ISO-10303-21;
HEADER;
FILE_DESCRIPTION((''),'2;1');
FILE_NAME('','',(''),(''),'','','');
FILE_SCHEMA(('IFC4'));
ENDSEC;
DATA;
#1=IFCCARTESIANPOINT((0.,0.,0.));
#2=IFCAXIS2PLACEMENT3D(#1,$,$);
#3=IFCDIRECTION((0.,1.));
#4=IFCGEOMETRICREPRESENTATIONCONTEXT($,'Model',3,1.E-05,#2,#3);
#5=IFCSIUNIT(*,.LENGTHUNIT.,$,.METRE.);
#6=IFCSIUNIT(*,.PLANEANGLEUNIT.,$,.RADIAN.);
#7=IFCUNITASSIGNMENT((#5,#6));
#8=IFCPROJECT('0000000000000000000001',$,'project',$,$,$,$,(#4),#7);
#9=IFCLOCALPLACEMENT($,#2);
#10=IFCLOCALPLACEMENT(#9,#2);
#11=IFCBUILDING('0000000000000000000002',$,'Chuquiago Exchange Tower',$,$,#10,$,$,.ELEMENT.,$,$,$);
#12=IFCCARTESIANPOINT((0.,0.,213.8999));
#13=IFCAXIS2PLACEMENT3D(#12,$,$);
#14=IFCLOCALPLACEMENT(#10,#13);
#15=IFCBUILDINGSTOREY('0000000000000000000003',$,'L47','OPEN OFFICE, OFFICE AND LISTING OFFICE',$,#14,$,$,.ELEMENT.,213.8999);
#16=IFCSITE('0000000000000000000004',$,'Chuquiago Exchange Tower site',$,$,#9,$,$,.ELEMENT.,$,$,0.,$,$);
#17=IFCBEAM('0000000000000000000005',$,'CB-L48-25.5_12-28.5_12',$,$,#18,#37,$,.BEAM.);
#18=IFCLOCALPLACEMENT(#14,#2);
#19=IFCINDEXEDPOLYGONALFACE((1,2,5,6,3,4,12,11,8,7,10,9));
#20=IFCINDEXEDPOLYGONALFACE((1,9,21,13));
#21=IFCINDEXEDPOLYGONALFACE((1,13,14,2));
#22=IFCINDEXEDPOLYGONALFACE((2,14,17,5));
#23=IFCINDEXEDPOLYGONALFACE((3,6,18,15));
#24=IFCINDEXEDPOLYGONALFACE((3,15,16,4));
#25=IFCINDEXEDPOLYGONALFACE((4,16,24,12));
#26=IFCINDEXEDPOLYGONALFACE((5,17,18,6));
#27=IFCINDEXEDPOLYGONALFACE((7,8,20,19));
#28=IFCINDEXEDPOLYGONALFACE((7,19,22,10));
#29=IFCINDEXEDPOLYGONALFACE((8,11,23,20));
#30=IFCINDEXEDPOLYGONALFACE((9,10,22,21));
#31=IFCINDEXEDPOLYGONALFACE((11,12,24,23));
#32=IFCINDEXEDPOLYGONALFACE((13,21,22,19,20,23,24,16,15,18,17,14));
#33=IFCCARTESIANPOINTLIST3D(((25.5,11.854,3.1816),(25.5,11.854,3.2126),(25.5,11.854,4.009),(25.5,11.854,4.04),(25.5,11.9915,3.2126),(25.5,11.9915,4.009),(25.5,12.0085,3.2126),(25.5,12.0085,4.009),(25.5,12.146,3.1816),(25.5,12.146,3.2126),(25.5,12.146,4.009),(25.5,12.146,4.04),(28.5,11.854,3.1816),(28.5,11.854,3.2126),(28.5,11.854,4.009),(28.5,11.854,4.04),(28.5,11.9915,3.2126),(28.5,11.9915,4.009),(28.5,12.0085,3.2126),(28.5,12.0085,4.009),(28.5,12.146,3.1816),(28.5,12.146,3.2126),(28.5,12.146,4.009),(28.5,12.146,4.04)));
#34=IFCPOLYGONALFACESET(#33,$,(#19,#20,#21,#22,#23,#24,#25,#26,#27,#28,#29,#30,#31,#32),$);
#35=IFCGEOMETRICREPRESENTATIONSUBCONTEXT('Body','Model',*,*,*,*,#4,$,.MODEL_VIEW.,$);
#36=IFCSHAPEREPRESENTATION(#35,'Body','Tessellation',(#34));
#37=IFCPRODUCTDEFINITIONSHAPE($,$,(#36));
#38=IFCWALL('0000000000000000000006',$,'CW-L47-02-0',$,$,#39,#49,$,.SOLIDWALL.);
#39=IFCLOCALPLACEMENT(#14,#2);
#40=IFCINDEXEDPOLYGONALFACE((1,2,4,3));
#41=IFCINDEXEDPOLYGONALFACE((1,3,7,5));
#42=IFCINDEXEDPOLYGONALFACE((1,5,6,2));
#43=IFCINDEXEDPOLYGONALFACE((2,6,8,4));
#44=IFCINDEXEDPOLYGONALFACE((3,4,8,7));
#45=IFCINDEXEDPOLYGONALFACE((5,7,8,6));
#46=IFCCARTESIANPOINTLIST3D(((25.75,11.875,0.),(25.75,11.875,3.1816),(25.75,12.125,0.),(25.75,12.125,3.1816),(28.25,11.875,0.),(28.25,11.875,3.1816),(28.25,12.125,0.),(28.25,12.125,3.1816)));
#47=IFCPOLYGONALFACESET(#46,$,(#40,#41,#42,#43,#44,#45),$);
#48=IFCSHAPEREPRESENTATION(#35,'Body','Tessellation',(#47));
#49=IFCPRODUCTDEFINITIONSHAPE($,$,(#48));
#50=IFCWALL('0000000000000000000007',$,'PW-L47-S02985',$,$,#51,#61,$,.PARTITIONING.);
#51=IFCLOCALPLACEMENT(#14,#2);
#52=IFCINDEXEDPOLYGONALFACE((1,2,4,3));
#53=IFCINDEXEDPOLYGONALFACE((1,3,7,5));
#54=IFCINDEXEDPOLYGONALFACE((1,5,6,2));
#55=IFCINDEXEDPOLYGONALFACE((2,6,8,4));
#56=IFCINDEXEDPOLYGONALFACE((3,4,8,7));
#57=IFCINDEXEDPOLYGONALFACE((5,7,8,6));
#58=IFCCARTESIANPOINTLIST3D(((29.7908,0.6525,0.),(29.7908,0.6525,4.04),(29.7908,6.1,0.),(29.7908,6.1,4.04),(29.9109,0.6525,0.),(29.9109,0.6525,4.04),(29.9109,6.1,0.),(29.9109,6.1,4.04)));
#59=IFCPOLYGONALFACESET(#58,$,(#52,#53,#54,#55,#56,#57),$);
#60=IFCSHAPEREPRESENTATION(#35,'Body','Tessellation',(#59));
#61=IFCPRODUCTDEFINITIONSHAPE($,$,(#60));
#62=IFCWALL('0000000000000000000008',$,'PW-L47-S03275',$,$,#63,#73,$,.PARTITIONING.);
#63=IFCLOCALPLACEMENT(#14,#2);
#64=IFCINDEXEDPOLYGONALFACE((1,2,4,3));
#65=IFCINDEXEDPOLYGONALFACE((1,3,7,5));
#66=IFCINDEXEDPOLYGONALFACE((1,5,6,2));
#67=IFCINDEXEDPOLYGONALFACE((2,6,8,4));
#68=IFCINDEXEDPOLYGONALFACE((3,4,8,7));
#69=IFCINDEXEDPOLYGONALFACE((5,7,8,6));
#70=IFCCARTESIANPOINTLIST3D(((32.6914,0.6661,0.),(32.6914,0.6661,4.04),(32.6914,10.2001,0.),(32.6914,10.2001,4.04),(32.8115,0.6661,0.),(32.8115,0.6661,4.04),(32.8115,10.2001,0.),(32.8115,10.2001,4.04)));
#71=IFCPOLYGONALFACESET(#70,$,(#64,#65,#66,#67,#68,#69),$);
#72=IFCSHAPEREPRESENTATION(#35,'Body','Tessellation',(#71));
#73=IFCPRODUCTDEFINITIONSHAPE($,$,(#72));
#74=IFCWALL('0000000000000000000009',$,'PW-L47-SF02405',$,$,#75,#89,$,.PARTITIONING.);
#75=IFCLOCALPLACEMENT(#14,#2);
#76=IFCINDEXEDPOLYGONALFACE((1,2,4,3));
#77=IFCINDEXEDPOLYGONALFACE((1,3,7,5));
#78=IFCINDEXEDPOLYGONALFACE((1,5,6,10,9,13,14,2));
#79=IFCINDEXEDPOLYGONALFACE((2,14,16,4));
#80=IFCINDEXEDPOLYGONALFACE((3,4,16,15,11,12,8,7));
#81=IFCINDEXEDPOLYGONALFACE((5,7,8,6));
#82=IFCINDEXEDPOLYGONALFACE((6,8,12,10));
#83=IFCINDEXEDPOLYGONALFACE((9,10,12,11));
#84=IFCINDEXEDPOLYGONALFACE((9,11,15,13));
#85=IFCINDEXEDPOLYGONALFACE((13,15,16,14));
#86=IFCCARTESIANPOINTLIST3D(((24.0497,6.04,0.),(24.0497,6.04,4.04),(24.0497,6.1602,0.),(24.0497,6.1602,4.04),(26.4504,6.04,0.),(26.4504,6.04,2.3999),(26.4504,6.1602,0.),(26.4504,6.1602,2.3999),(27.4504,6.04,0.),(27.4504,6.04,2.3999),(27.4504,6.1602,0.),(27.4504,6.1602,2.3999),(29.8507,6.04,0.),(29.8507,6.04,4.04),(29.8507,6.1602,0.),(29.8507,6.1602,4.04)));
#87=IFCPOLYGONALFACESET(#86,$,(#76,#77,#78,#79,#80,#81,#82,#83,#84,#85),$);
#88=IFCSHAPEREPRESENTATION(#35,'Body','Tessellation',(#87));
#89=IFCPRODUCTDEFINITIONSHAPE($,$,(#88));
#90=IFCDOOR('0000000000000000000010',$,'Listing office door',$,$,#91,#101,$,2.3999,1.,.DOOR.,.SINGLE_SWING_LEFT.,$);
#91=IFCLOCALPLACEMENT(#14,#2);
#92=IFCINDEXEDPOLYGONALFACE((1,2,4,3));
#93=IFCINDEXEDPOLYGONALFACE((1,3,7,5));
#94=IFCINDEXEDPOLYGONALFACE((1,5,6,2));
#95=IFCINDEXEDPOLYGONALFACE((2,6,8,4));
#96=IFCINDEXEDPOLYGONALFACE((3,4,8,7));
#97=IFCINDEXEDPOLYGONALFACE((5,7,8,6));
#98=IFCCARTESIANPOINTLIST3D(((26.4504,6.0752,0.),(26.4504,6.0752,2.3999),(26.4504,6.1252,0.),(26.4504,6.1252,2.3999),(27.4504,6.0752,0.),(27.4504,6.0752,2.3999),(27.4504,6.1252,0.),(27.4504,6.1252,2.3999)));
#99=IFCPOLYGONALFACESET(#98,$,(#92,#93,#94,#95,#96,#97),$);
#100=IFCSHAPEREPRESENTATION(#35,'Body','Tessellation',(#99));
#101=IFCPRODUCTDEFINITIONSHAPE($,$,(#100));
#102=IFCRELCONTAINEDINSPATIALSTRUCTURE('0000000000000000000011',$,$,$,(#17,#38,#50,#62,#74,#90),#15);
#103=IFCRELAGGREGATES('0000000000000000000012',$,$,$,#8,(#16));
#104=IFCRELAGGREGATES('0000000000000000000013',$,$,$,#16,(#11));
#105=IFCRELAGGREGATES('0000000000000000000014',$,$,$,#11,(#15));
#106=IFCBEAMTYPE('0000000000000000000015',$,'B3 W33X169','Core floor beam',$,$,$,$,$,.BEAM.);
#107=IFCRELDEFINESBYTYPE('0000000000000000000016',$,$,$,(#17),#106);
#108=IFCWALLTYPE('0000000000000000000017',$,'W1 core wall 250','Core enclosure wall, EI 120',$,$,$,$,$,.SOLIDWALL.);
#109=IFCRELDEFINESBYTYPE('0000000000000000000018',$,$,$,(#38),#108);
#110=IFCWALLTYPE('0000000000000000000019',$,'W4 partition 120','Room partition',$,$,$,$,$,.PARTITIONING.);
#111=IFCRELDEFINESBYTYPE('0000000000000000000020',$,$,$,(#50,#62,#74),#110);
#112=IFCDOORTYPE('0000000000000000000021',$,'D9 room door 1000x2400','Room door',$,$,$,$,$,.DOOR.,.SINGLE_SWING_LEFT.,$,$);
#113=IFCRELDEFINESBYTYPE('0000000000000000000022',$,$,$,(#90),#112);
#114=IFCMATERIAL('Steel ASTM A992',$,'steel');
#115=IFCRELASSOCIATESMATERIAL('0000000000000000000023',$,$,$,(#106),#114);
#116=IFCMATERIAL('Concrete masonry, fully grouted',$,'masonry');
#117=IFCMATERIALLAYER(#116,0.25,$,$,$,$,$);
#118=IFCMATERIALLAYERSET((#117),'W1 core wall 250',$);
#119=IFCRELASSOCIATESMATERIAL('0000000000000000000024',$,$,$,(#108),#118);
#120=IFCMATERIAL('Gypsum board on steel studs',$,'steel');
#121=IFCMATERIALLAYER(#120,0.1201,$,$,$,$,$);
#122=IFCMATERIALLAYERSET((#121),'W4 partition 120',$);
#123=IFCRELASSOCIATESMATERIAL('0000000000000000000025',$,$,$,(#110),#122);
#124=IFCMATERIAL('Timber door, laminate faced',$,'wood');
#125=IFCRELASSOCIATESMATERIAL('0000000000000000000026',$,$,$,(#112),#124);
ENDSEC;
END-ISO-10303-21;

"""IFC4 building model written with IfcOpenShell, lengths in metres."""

from ifc_helpers import new_model, si_unit, direction, frame, frame_2d, origin, origin_2d, place, context, subcontext, project, spatial, rectangle, i_section, extrude, material, layer, layer_set, material_profile, profile_set, type_object, element, fill, save


model = new_model("IFC4")

# Units and contexts
model_context = context("Model", 3, precision=1e-05, world=origin(), true_north=direction((0.0, 1.0)))
body_context = subcontext(model_context, "Body", "Model", "MODEL_VIEW")
ifc_project = project(units=[si_unit("LENGTHUNIT", "METRE"), si_unit("PLANEANGLEUNIT", "RADIAN")], contexts=[model_context])

# Site, building, storey
site_placement = place(None, origin())
site = spatial("IfcSite", under=ifc_project, at=site_placement, Name="Chuquiago Exchange Tower site", CompositionType="ELEMENT", RefElevation=0.0)
building_placement = place(site_placement, origin())
building = spatial("IfcBuilding", under=site, at=building_placement, Name="Chuquiago Exchange Tower", CompositionType="ELEMENT")
storey_placement = place(building_placement, frame((0.0, 0.0, 213.8999)))
storey = spatial("IfcBuildingStorey", under=building, at=storey_placement, Name="L47", Description="OPEN OFFICE, OFFICE AND LISTING OFFICE", CompositionType="ELEMENT", Elevation=213.8999)

# Beam
ifc_material_1 = material(Name="Steel ASTM A992", Category="steel")
ifc_material_profile_1 = material_profile(ifc_material_1, i_section(OverallWidth=0.292, OverallDepth=0.8584, WebThickness=0.0171, FlangeThickness=0.031, at=origin_2d()), Name="W33X169")
ifc_profile_set_1 = profile_set([ifc_material_profile_1], Name="Steel ASTM A992")
beam_type_1 = type_object("IfcBeamType", Name="B3 W33X169", Description="Core floor beam", PredefinedType="BEAM", material=ifc_profile_set_1)
beam_1_placement = place(storey_placement, frame((25.5, 12.0, 3.6108), z_axis=(1.0, 0.0, 0.0), x_axis=(0.0, 1.0, 0.0)))
element("IfcBeam", 1, at=beam_1_placement, inside=storey, type_object=beam_type_1, Name="CB-L48-25.5_12-28.5_12", PredefinedType="BEAM", context=body_context, shape_type="SweptSolid", body=[
    extrude(i_section(OverallWidth=0.292, OverallDepth=0.8584, WebThickness=0.0171, FlangeThickness=0.031, at=origin_2d()), origin(), (0.0, 0.0, 1.0), 3.0),
])

# Walls
ifc_material_2 = material(Name="Concrete masonry, fully grouted", Category="masonry")
ifc_layer_1 = layer(ifc_material_2, 0.25)
ifc_layer_set_1 = layer_set([ifc_layer_1], Name="W1 core wall 250")
wall_type_1 = type_object("IfcWallType", Name="W1 core wall 250", Description="Core enclosure wall, EI 120", PredefinedType="SOLIDWALL", material=ifc_layer_set_1)
wall_1_placement = place(storey_placement, frame((25.75, 12.0, 0.0), z_axis=(0.0, 0.0, 1.0), x_axis=(1.0, 0.0, 0.0)))
element("IfcWall", 2, at=wall_1_placement, inside=storey, type_object=wall_type_1, Name="CW-L47-02-0", PredefinedType="SOLIDWALL", context=body_context, shape_type="SweptSolid", body=[
    extrude(rectangle(XDim=2.5, YDim=0.25, at=frame_2d((1.25, 0.0))), origin(), (0.0, 0.0, 1.0), 3.1816),
])
ifc_material_3 = material(Name="Gypsum board on steel studs", Category="steel")
ifc_layer_2 = layer(ifc_material_3, 0.1201)
ifc_layer_set_2 = layer_set([ifc_layer_2], Name="W4 partition 120")
wall_type_2 = type_object("IfcWallType", Name="W4 partition 120", Description="Room partition", PredefinedType="PARTITIONING", material=ifc_layer_set_2)
wall_2_placement = place(storey_placement, frame((29.8508, 0.6526, 0.0), z_axis=(0.0, 0.0, 1.0), x_axis=(0.0, 1.0, 0.0)))
element("IfcWall", 3, at=wall_2_placement, inside=storey, type_object=wall_type_2, Name="PW-L47-S02985", PredefinedType="PARTITIONING", context=body_context, shape_type="SweptSolid", body=[
    extrude(rectangle(XDim=5.4475, YDim=0.1201, at=frame_2d((2.7236, 0.0))), origin(), (0.0, 0.0, 1.0), 4.04),
])
wall_3_placement = place(storey_placement, frame((32.7515, 0.666, 0.0), z_axis=(0.0, 0.0, 1.0), x_axis=(0.0, 1.0, 0.0)))
element("IfcWall", 4, at=wall_3_placement, inside=storey, type_object=wall_type_2, Name="PW-L47-S03275", PredefinedType="PARTITIONING", context=body_context, shape_type="SweptSolid", body=[
    extrude(rectangle(XDim=9.5339, YDim=0.1201, at=frame_2d((4.7671, 0.0))), origin(), (0.0, 0.0, 1.0), 4.04),
])

# Wall, opening, door
wall_4_placement = place(storey_placement, frame((24.0498, 6.1001, 0.0), z_axis=(0.0, 0.0, 1.0), x_axis=(1.0, 0.0, 0.0)))
wall_4 = element("IfcWall", 5, at=wall_4_placement, inside=storey, type_object=wall_type_2, Name="PW-L47-SF02405", PredefinedType="PARTITIONING", context=body_context, shape_type="SweptSolid", body=[
    extrude(rectangle(XDim=5.801, YDim=0.1201, at=frame_2d((2.9004, 0.0))), origin(), (0.0, 0.0, 1.0), 4.04),
])
opening_1_placement = place(wall_4_placement, frame((2.4006, 0.0, 0.0)))
opening_1 = element("IfcOpeningElement", 6, at=opening_1_placement, cuts=wall_4, PredefinedType="OPENING", context=body_context, shape_type="SweptSolid", body=[
    extrude(rectangle(XDim=1.0, YDim=2.3999, at=frame_2d((0.5, 1.2))), frame((0.0, 0.0701, 0.0), z_axis=(0.0, -1.0, 0.0), x_axis=(1.0, 0.0, 0.0)), (0.0, 0.0, 1.0), 0.1401),
])
ifc_material_4 = material(Name="Timber door, laminate faced", Category="wood")
door_type_1 = type_object("IfcDoorType", Name="D9 room door 1000x2400", Description="Room door", OperationType="SINGLE_SWING_LEFT", PredefinedType="DOOR", material=ifc_material_4)
door_1_placement = place(opening_1_placement, frame((1.0, 0.0, 0.0), z_axis=(0.0, 0.0, 1.0), x_axis=(-1.0, 0.0, 0.0)))
door_1 = element("IfcDoor", 7, at=door_1_placement, inside=storey, type_object=door_type_1, Name="Listing office door", OperationType="SINGLE_SWING_LEFT", OverallHeight=2.3999, OverallWidth=1.0, PredefinedType="DOOR", context=body_context, shape_type="SweptSolid", body=[
    extrude(rectangle(XDim=1.0, YDim=2.3999, at=frame_2d((0.5, 1.2))), frame((0.0, 0.0249, 0.0), z_axis=(0.0, -1.0, 0.0), x_axis=(1.0, 0.0, 0.0)), (0.0, 0.0, 1.0), 0.05),
])
fill(opening_1, door_1)

save(model, "model.ifc")
